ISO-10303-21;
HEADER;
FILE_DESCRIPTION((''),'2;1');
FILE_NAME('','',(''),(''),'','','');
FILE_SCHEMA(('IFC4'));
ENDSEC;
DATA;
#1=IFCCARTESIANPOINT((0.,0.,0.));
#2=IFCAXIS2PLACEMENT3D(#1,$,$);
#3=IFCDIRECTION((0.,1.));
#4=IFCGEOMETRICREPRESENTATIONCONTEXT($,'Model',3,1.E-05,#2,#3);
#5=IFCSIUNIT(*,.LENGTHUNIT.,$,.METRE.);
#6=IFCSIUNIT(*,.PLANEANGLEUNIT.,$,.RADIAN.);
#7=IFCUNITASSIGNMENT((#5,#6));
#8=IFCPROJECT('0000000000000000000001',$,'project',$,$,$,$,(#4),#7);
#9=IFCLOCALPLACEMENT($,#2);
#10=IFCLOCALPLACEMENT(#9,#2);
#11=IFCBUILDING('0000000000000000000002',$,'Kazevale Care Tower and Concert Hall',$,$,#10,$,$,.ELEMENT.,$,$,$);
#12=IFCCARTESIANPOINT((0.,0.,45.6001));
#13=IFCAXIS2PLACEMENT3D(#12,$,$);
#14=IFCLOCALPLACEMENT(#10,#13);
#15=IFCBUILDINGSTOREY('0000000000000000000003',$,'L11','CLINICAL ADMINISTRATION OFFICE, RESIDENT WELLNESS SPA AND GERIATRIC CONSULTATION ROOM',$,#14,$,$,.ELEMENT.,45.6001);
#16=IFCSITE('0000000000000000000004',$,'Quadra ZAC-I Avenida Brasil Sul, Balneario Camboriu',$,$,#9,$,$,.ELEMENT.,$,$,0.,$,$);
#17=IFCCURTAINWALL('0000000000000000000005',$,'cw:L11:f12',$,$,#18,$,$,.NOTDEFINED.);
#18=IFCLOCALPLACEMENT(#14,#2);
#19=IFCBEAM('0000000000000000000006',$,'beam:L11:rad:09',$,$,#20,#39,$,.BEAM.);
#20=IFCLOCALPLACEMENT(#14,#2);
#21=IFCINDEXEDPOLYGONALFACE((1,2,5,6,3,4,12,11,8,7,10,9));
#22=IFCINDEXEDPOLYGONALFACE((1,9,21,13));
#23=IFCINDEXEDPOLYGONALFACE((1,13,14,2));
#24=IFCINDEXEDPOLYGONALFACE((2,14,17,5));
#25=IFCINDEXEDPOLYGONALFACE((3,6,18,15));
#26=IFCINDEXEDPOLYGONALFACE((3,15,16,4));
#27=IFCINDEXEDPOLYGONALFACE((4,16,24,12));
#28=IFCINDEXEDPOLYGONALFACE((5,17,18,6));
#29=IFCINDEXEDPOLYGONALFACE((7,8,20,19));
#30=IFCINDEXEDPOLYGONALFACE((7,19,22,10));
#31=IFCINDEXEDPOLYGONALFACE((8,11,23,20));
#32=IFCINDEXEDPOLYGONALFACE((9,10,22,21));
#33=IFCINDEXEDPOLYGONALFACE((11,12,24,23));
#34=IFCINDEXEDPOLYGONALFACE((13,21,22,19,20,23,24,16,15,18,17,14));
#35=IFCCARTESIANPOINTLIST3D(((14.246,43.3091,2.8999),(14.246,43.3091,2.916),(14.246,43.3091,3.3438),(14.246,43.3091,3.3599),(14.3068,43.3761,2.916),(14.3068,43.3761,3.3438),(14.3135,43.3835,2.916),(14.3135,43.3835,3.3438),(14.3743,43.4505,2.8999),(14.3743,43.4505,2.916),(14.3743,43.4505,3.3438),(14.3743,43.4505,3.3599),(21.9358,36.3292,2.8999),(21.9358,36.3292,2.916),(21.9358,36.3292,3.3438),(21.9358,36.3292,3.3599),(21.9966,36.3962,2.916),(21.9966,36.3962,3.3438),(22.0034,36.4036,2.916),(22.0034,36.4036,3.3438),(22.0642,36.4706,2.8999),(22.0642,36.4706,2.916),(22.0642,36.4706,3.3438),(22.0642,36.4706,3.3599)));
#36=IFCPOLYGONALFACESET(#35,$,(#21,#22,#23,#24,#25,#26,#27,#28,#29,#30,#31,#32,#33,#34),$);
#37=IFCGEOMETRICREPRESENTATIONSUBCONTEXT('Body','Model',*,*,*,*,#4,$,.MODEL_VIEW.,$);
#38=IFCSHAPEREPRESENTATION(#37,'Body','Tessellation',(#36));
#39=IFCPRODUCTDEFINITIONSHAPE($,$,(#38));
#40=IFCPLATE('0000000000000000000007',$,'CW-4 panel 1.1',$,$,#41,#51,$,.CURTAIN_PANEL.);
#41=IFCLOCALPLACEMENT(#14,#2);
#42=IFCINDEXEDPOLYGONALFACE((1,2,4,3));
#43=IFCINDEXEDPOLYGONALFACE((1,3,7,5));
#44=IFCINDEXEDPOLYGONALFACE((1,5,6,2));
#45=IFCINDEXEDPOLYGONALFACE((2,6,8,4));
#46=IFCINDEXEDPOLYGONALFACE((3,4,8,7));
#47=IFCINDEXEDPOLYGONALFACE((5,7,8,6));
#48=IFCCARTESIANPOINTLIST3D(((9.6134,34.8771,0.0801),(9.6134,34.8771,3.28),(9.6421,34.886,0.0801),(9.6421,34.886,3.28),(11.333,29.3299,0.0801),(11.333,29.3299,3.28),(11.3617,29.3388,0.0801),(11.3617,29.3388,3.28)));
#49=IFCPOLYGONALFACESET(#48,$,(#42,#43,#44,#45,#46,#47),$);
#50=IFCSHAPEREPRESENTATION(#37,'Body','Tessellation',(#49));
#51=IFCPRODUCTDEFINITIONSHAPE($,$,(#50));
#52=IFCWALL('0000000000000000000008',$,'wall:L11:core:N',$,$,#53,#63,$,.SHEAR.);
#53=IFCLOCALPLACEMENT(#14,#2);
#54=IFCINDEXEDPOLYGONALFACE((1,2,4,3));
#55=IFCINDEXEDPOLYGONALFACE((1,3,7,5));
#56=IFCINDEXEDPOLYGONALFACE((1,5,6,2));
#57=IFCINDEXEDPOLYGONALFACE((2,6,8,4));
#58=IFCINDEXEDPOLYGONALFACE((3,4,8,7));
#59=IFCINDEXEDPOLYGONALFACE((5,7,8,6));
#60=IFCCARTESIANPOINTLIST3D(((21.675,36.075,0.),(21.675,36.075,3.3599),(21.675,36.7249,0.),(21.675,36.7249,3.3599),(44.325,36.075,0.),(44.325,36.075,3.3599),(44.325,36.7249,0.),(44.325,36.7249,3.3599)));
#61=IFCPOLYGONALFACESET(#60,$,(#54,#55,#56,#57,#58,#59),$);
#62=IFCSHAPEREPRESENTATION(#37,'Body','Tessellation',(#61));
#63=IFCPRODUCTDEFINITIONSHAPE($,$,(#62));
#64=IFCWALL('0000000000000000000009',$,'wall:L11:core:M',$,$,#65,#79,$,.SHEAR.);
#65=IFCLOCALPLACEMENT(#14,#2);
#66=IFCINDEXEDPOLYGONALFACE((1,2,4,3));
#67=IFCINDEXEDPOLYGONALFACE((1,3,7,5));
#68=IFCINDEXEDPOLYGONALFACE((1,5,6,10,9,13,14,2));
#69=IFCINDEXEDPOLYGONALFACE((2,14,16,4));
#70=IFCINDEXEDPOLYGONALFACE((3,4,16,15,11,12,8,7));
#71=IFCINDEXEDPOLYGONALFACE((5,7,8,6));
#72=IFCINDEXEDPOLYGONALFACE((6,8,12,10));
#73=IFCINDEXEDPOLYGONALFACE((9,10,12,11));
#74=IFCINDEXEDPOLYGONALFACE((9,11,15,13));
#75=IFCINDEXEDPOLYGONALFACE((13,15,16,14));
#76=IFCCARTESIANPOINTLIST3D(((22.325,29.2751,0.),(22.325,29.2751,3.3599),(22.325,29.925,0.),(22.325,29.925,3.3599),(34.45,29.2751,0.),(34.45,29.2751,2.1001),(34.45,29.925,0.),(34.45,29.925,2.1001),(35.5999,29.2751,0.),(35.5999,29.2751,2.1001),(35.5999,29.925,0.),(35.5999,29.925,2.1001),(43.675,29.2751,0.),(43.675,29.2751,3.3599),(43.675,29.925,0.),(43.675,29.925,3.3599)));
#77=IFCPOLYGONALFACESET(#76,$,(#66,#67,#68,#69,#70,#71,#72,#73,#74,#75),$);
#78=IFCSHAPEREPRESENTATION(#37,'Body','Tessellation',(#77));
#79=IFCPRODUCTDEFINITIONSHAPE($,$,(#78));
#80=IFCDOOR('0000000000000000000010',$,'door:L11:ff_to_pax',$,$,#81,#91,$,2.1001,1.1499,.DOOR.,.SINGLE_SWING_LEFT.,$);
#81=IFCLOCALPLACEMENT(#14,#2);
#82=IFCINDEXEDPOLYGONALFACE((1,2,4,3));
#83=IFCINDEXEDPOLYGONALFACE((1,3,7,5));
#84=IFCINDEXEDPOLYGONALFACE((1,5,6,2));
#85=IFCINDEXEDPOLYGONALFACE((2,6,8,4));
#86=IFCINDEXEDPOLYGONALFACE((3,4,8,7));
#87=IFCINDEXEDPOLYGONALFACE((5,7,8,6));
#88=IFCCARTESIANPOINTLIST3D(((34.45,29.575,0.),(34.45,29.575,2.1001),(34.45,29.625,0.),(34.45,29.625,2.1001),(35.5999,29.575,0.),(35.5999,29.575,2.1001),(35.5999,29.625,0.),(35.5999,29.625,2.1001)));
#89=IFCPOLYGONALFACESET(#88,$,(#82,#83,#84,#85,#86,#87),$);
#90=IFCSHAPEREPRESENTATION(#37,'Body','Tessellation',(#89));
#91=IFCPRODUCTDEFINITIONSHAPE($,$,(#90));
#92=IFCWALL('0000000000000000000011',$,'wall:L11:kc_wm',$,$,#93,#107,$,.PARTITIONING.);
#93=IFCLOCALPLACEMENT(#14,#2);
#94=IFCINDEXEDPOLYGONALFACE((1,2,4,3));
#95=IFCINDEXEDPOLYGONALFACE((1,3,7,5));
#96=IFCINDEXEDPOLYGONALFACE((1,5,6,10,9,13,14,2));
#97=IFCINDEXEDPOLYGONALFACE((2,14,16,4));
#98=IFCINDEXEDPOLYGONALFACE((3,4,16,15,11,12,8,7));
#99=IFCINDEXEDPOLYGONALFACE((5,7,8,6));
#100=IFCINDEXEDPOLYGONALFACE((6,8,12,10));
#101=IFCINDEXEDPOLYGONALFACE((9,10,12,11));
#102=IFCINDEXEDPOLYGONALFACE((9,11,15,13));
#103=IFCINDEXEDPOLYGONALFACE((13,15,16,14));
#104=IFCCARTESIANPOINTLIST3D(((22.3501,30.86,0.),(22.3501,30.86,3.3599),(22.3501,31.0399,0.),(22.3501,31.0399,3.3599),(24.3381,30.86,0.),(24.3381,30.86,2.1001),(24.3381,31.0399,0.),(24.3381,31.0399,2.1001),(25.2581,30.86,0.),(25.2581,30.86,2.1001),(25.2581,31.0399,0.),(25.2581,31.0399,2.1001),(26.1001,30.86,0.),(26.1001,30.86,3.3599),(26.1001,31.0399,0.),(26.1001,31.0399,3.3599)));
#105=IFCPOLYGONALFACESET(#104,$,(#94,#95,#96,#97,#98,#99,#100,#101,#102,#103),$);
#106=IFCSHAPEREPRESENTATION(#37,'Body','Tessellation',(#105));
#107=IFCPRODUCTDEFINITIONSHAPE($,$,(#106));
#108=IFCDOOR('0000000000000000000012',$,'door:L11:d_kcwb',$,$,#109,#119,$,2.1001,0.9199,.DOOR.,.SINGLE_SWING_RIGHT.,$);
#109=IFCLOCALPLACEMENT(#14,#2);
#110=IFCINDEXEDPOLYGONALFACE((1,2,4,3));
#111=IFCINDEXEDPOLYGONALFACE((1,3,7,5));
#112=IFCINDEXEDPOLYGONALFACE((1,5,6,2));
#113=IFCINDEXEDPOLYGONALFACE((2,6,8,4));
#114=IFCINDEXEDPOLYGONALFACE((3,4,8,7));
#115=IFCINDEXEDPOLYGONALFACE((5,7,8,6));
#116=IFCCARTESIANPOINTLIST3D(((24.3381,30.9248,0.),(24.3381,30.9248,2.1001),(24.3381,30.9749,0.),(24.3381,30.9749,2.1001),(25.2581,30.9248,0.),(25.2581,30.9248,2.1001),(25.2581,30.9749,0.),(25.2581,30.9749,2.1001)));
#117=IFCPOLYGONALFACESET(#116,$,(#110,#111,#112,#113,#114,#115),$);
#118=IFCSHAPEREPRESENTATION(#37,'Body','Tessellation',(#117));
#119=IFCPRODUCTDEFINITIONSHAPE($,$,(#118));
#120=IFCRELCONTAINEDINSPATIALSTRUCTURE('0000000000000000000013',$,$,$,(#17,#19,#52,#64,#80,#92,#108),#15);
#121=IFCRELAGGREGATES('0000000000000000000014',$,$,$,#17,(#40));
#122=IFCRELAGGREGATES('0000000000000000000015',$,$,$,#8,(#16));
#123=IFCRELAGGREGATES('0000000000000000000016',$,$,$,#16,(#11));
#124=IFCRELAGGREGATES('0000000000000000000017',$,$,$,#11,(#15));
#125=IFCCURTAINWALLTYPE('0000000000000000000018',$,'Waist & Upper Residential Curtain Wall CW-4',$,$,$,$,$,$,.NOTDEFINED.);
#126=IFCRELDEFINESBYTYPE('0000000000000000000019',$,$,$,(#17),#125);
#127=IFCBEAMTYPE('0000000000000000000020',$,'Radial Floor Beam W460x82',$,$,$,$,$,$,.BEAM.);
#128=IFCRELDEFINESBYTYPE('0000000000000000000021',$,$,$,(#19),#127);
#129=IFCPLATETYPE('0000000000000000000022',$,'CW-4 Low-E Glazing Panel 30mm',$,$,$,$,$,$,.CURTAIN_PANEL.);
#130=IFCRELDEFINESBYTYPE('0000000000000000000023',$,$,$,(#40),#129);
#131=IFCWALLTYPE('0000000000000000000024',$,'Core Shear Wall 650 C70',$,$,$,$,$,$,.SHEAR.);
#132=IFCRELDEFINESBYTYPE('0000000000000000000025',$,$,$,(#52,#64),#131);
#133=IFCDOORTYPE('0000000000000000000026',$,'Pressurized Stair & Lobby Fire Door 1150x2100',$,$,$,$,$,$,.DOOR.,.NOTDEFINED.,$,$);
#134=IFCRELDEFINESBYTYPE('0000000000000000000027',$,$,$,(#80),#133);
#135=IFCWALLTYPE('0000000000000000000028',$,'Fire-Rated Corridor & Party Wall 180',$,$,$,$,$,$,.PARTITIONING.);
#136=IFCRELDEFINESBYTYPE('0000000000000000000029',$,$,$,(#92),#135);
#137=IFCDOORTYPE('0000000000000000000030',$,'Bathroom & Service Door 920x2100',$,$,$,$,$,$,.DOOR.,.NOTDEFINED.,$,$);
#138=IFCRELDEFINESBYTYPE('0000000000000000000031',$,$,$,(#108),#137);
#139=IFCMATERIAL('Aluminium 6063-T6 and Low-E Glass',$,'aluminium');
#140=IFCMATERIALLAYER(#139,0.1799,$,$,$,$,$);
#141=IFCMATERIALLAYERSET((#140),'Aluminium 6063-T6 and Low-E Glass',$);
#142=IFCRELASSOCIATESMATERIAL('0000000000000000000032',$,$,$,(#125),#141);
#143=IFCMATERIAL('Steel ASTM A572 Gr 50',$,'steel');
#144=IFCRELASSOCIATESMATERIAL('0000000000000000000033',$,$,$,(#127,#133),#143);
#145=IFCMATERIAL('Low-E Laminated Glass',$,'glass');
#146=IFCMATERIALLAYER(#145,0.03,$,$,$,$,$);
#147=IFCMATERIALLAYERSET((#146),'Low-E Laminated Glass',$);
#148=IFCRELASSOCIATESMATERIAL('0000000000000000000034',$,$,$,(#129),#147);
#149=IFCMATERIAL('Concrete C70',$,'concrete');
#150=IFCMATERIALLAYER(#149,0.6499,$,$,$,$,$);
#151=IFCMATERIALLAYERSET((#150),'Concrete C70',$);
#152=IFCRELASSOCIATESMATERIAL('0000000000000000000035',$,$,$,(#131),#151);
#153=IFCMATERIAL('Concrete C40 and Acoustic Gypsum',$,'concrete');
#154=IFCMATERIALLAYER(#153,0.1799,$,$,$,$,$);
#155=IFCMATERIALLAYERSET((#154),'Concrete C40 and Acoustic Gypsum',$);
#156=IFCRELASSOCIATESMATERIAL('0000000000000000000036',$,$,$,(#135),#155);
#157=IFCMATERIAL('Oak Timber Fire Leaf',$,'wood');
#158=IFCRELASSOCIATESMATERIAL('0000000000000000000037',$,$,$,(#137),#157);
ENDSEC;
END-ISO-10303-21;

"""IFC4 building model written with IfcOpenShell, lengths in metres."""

from ifc_helpers import new_model, si_unit, direction, frame, frame_2d, origin, origin_2d, place, context, subcontext, project, spatial, rectangle, i_section, extrude, material, layer, layer_set, material_profile, profile_set, type_object, element, fill, aggregate, save


model = new_model("IFC4")

# Units and contexts
model_context = context("Model", 3, precision=1e-05, world=origin(), true_north=direction((0.0, 1.0)))
body_context = subcontext(model_context, "Body", "Model", "MODEL_VIEW")
ifc_project = project(units=[si_unit("LENGTHUNIT", "METRE"), si_unit("PLANEANGLEUNIT", "RADIAN")], contexts=[model_context])

# Site, building, storey
site_placement = place(None, origin())
site = spatial("IfcSite", under=ifc_project, at=site_placement, Name="Quadra ZAC-I Avenida Brasil Sul, Balneario Camboriu", CompositionType="ELEMENT", RefElevation=0.0)
building_placement = place(site_placement, origin())
building = spatial("IfcBuilding", under=site, at=building_placement, Name="Kazevale Care Tower and Concert Hall", CompositionType="ELEMENT")
storey_placement = place(building_placement, frame((0.0, 0.0, 45.6001)))
storey = spatial("IfcBuildingStorey", under=building, at=storey_placement, Name="L11", Description="CLINICAL ADMINISTRATION OFFICE, RESIDENT WELLNESS SPA AND GERIATRIC CONSULTATION ROOM", CompositionType="ELEMENT", Elevation=45.6001)

# Shared definitions
ifc_material_1 = material(Name="Concrete C70", Category="concrete")

# Curtain wall
ifc_material_2 = material(Name="Aluminium 6063-T6 and Low-E Glass", Category="aluminium")
ifc_layer_1 = layer(ifc_material_2, 0.1799)
ifc_layer_set_1 = layer_set([ifc_layer_1], Name="Aluminium 6063-T6 and Low-E Glass")
curtain_wall_type = type_object("IfcCurtainWallType", Name="Waist & Upper Residential Curtain Wall CW-4", PredefinedType="NOTDEFINED", material=ifc_layer_set_1)
curtain_wall_1_placement = place(storey_placement, origin())
curtain_wall_1 = element("IfcCurtainWall", 1, at=curtain_wall_1_placement, inside=storey, type_object=curtain_wall_type, Name="cw:L11:f12", PredefinedType="NOTDEFINED")

# Beam
ifc_material_3 = material(Name="Steel ASTM A572 Gr 50", Category="steel")
ifc_material_profile_1 = material_profile(ifc_material_3, i_section(OverallWidth=0.1909, OverallDepth=0.46, WebThickness=0.01, FlangeThickness=0.0161, at=origin_2d()), Name="W460x82")
ifc_profile_set_1 = profile_set([ifc_material_profile_1], Name="Steel ASTM A572 Gr 50")
beam_type_1 = type_object("IfcBeamType", Name="Radial Floor Beam W460x82", PredefinedType="BEAM", material=ifc_profile_set_1)
beam_1_placement = place(storey_placement, frame((22.0, 36.3999, 3.1299), z_axis=(-0.740461, 0.672099, 0.0), x_axis=(-0.672099, -0.740461, 0.0)))
element("IfcBeam", 2, at=beam_1_placement, inside=storey, type_object=beam_type_1, Name="beam:L11:rad:09", PredefinedType="BEAM", context=body_context, shape_type="SweptSolid", body=[
    extrude(i_section(OverallWidth=0.1909, OverallDepth=0.46, WebThickness=0.01, FlangeThickness=0.0161, at=origin_2d()), origin(), (0.0, 0.0, 1.0), 10.3853),
])

# Plate
ifc_material_4 = material(Name="Low-E Laminated Glass", Category="glass")
ifc_layer_2 = layer(ifc_material_4, 0.03)
ifc_layer_set_2 = layer_set([ifc_layer_2], Name="Low-E Laminated Glass")
plate_type = type_object("IfcPlateType", Name="CW-4 Low-E Glazing Panel 30mm", PredefinedType="CURTAIN_PANEL", material=ifc_layer_set_2)
plate_placement = place(storey_placement, frame((10.4875, 32.1079, 0.0801), z_axis=(0.0, 0.0, 1.0), x_axis=(-0.296099, 0.955157, 0.0)))
plate = element("IfcPlate", 3, at=plate_placement, type_object=plate_type, Name="CW-4 panel 1.1", PredefinedType="CURTAIN_PANEL", context=body_context, shape_type="SweptSolid", body=[
    extrude(rectangle(XDim=5.8076, YDim=0.03, at=origin_2d()), origin(), (0.0, 0.0, 1.0), 3.2),
])
aggregate(curtain_wall_1, [plate])

# Wall
ifc_layer_3 = layer(ifc_material_1, 0.6499)
ifc_layer_set_3 = layer_set([ifc_layer_3], Name="Concrete C70")
wall_type_1 = type_object("IfcWallType", Name="Core Shear Wall 650 C70", PredefinedType="SHEAR", material=ifc_layer_set_3)
wall_1_placement = place(storey_placement, frame((21.675, 36.3999, 0.0), z_axis=(0.0, 0.0, 1.0), x_axis=(1.0, 0.0, 0.0)))
element("IfcWall", 4, at=wall_1_placement, inside=storey, type_object=wall_type_1, Name="wall:L11:core:N", PredefinedType="SHEAR", context=body_context, shape_type="SweptSolid", body=[
    extrude(rectangle(XDim=22.6499, YDim=0.6499, at=frame_2d((11.325, 0.0))), origin(), (0.0, 0.0, 1.0), 3.3599),
])

# Walls, openings, doors
wall_2_placement = place(storey_placement, frame((22.325, 29.6001, 0.0), z_axis=(0.0, 0.0, 1.0), x_axis=(1.0, 0.0, 0.0)))
wall_2 = element("IfcWall", 5, at=wall_2_placement, inside=storey, type_object=wall_type_1, Name="wall:L11:core:M", PredefinedType="SHEAR", context=body_context, shape_type="SweptSolid", body=[
    extrude(rectangle(XDim=21.3501, YDim=0.6499, at=frame_2d((10.675, 0.0))), origin(), (0.0, 0.0, 1.0), 3.3599),
])
opening_1_placement = place(wall_2_placement, frame((12.125, 0.0, 0.0)))
opening_1 = element("IfcOpeningElement", 6, at=opening_1_placement, cuts=wall_2, PredefinedType="OPENING", context=body_context, shape_type="SweptSolid", body=[
    extrude(rectangle(XDim=1.1499, YDim=2.1001, at=frame_2d((0.575, 1.05))), frame((0.0, 0.335, 0.0), z_axis=(0.0, -1.0, 0.0), x_axis=(1.0, 0.0, 0.0)), (0.0, 0.0, 1.0), 0.6699),
])
door_type_1 = type_object("IfcDoorType", Name="Pressurized Stair & Lobby Fire Door 1150x2100", OperationType="NOTDEFINED", PredefinedType="DOOR", material=ifc_material_3)
door_1_placement = place(opening_1_placement, origin())
door_1 = element("IfcDoor", 7, at=door_1_placement, inside=storey, type_object=door_type_1, Name="door:L11:ff_to_pax", OperationType="SINGLE_SWING_LEFT", OverallHeight=2.1001, OverallWidth=1.1499, PredefinedType="DOOR", context=body_context, shape_type="SweptSolid", body=[
    extrude(rectangle(XDim=1.1499, YDim=2.1001, at=frame_2d((0.575, 1.05))), frame((0.0, 0.0249, 0.0), z_axis=(0.0, -1.0, 0.0), x_axis=(1.0, 0.0, 0.0)), (0.0, 0.0, 1.0), 0.05),
])
fill(opening_1, door_1)
ifc_material_5 = material(Name="Concrete C40 and Acoustic Gypsum", Category="concrete")
ifc_layer_4 = layer(ifc_material_5, 0.1799)
ifc_layer_set_4 = layer_set([ifc_layer_4], Name="Concrete C40 and Acoustic Gypsum")
wall_type_2 = type_object("IfcWallType", Name="Fire-Rated Corridor & Party Wall 180", PredefinedType="PARTITIONING", material=ifc_layer_set_4)
wall_3_placement = place(storey_placement, frame((22.3501, 30.95, 0.0), z_axis=(0.0, 0.0, 1.0), x_axis=(1.0, 0.0, 0.0)))
wall_3 = element("IfcWall", 8, at=wall_3_placement, inside=storey, type_object=wall_type_2, Name="wall:L11:kc_wm", PredefinedType="PARTITIONING", context=body_context, shape_type="SweptSolid", body=[
    extrude(rectangle(XDim=3.75, YDim=0.1799, at=frame_2d((1.875, 0.0))), origin(), (0.0, 0.0, 1.0), 3.3599),
])
opening_2_placement = place(wall_3_placement, frame((1.988, 0.0, 0.0)))
opening_2 = element("IfcOpeningElement", 9, at=opening_2_placement, cuts=wall_3, PredefinedType="OPENING", context=body_context, shape_type="SweptSolid", body=[
    extrude(rectangle(XDim=0.9199, YDim=2.1001, at=frame_2d((0.46, 1.05))), frame((0.0, 0.0999, 0.0), z_axis=(0.0, -1.0, 0.0), x_axis=(1.0, 0.0, 0.0)), (0.0, 0.0, 1.0), 0.2),
])
ifc_material_6 = material(Name="Oak Timber Fire Leaf", Category="wood")
door_type_2 = type_object("IfcDoorType", Name="Bathroom & Service Door 920x2100", OperationType="NOTDEFINED", PredefinedType="DOOR", material=ifc_material_6)
door_2_placement = place(opening_2_placement, origin())
door_2 = element("IfcDoor", 10, at=door_2_placement, inside=storey, type_object=door_type_2, Name="door:L11:d_kcwb", OperationType="SINGLE_SWING_RIGHT", OverallHeight=2.1001, OverallWidth=0.9199, PredefinedType="DOOR", context=body_context, shape_type="SweptSolid", body=[
    extrude(rectangle(XDim=0.9199, YDim=2.1001, at=frame_2d((0.46, 1.05))), frame((0.0, 0.0249, 0.0), z_axis=(0.0, -1.0, 0.0), x_axis=(1.0, 0.0, 0.0)), (0.0, 0.0, 1.0), 0.05),
])
fill(opening_2, door_2)

save(model, "model.ifc")
